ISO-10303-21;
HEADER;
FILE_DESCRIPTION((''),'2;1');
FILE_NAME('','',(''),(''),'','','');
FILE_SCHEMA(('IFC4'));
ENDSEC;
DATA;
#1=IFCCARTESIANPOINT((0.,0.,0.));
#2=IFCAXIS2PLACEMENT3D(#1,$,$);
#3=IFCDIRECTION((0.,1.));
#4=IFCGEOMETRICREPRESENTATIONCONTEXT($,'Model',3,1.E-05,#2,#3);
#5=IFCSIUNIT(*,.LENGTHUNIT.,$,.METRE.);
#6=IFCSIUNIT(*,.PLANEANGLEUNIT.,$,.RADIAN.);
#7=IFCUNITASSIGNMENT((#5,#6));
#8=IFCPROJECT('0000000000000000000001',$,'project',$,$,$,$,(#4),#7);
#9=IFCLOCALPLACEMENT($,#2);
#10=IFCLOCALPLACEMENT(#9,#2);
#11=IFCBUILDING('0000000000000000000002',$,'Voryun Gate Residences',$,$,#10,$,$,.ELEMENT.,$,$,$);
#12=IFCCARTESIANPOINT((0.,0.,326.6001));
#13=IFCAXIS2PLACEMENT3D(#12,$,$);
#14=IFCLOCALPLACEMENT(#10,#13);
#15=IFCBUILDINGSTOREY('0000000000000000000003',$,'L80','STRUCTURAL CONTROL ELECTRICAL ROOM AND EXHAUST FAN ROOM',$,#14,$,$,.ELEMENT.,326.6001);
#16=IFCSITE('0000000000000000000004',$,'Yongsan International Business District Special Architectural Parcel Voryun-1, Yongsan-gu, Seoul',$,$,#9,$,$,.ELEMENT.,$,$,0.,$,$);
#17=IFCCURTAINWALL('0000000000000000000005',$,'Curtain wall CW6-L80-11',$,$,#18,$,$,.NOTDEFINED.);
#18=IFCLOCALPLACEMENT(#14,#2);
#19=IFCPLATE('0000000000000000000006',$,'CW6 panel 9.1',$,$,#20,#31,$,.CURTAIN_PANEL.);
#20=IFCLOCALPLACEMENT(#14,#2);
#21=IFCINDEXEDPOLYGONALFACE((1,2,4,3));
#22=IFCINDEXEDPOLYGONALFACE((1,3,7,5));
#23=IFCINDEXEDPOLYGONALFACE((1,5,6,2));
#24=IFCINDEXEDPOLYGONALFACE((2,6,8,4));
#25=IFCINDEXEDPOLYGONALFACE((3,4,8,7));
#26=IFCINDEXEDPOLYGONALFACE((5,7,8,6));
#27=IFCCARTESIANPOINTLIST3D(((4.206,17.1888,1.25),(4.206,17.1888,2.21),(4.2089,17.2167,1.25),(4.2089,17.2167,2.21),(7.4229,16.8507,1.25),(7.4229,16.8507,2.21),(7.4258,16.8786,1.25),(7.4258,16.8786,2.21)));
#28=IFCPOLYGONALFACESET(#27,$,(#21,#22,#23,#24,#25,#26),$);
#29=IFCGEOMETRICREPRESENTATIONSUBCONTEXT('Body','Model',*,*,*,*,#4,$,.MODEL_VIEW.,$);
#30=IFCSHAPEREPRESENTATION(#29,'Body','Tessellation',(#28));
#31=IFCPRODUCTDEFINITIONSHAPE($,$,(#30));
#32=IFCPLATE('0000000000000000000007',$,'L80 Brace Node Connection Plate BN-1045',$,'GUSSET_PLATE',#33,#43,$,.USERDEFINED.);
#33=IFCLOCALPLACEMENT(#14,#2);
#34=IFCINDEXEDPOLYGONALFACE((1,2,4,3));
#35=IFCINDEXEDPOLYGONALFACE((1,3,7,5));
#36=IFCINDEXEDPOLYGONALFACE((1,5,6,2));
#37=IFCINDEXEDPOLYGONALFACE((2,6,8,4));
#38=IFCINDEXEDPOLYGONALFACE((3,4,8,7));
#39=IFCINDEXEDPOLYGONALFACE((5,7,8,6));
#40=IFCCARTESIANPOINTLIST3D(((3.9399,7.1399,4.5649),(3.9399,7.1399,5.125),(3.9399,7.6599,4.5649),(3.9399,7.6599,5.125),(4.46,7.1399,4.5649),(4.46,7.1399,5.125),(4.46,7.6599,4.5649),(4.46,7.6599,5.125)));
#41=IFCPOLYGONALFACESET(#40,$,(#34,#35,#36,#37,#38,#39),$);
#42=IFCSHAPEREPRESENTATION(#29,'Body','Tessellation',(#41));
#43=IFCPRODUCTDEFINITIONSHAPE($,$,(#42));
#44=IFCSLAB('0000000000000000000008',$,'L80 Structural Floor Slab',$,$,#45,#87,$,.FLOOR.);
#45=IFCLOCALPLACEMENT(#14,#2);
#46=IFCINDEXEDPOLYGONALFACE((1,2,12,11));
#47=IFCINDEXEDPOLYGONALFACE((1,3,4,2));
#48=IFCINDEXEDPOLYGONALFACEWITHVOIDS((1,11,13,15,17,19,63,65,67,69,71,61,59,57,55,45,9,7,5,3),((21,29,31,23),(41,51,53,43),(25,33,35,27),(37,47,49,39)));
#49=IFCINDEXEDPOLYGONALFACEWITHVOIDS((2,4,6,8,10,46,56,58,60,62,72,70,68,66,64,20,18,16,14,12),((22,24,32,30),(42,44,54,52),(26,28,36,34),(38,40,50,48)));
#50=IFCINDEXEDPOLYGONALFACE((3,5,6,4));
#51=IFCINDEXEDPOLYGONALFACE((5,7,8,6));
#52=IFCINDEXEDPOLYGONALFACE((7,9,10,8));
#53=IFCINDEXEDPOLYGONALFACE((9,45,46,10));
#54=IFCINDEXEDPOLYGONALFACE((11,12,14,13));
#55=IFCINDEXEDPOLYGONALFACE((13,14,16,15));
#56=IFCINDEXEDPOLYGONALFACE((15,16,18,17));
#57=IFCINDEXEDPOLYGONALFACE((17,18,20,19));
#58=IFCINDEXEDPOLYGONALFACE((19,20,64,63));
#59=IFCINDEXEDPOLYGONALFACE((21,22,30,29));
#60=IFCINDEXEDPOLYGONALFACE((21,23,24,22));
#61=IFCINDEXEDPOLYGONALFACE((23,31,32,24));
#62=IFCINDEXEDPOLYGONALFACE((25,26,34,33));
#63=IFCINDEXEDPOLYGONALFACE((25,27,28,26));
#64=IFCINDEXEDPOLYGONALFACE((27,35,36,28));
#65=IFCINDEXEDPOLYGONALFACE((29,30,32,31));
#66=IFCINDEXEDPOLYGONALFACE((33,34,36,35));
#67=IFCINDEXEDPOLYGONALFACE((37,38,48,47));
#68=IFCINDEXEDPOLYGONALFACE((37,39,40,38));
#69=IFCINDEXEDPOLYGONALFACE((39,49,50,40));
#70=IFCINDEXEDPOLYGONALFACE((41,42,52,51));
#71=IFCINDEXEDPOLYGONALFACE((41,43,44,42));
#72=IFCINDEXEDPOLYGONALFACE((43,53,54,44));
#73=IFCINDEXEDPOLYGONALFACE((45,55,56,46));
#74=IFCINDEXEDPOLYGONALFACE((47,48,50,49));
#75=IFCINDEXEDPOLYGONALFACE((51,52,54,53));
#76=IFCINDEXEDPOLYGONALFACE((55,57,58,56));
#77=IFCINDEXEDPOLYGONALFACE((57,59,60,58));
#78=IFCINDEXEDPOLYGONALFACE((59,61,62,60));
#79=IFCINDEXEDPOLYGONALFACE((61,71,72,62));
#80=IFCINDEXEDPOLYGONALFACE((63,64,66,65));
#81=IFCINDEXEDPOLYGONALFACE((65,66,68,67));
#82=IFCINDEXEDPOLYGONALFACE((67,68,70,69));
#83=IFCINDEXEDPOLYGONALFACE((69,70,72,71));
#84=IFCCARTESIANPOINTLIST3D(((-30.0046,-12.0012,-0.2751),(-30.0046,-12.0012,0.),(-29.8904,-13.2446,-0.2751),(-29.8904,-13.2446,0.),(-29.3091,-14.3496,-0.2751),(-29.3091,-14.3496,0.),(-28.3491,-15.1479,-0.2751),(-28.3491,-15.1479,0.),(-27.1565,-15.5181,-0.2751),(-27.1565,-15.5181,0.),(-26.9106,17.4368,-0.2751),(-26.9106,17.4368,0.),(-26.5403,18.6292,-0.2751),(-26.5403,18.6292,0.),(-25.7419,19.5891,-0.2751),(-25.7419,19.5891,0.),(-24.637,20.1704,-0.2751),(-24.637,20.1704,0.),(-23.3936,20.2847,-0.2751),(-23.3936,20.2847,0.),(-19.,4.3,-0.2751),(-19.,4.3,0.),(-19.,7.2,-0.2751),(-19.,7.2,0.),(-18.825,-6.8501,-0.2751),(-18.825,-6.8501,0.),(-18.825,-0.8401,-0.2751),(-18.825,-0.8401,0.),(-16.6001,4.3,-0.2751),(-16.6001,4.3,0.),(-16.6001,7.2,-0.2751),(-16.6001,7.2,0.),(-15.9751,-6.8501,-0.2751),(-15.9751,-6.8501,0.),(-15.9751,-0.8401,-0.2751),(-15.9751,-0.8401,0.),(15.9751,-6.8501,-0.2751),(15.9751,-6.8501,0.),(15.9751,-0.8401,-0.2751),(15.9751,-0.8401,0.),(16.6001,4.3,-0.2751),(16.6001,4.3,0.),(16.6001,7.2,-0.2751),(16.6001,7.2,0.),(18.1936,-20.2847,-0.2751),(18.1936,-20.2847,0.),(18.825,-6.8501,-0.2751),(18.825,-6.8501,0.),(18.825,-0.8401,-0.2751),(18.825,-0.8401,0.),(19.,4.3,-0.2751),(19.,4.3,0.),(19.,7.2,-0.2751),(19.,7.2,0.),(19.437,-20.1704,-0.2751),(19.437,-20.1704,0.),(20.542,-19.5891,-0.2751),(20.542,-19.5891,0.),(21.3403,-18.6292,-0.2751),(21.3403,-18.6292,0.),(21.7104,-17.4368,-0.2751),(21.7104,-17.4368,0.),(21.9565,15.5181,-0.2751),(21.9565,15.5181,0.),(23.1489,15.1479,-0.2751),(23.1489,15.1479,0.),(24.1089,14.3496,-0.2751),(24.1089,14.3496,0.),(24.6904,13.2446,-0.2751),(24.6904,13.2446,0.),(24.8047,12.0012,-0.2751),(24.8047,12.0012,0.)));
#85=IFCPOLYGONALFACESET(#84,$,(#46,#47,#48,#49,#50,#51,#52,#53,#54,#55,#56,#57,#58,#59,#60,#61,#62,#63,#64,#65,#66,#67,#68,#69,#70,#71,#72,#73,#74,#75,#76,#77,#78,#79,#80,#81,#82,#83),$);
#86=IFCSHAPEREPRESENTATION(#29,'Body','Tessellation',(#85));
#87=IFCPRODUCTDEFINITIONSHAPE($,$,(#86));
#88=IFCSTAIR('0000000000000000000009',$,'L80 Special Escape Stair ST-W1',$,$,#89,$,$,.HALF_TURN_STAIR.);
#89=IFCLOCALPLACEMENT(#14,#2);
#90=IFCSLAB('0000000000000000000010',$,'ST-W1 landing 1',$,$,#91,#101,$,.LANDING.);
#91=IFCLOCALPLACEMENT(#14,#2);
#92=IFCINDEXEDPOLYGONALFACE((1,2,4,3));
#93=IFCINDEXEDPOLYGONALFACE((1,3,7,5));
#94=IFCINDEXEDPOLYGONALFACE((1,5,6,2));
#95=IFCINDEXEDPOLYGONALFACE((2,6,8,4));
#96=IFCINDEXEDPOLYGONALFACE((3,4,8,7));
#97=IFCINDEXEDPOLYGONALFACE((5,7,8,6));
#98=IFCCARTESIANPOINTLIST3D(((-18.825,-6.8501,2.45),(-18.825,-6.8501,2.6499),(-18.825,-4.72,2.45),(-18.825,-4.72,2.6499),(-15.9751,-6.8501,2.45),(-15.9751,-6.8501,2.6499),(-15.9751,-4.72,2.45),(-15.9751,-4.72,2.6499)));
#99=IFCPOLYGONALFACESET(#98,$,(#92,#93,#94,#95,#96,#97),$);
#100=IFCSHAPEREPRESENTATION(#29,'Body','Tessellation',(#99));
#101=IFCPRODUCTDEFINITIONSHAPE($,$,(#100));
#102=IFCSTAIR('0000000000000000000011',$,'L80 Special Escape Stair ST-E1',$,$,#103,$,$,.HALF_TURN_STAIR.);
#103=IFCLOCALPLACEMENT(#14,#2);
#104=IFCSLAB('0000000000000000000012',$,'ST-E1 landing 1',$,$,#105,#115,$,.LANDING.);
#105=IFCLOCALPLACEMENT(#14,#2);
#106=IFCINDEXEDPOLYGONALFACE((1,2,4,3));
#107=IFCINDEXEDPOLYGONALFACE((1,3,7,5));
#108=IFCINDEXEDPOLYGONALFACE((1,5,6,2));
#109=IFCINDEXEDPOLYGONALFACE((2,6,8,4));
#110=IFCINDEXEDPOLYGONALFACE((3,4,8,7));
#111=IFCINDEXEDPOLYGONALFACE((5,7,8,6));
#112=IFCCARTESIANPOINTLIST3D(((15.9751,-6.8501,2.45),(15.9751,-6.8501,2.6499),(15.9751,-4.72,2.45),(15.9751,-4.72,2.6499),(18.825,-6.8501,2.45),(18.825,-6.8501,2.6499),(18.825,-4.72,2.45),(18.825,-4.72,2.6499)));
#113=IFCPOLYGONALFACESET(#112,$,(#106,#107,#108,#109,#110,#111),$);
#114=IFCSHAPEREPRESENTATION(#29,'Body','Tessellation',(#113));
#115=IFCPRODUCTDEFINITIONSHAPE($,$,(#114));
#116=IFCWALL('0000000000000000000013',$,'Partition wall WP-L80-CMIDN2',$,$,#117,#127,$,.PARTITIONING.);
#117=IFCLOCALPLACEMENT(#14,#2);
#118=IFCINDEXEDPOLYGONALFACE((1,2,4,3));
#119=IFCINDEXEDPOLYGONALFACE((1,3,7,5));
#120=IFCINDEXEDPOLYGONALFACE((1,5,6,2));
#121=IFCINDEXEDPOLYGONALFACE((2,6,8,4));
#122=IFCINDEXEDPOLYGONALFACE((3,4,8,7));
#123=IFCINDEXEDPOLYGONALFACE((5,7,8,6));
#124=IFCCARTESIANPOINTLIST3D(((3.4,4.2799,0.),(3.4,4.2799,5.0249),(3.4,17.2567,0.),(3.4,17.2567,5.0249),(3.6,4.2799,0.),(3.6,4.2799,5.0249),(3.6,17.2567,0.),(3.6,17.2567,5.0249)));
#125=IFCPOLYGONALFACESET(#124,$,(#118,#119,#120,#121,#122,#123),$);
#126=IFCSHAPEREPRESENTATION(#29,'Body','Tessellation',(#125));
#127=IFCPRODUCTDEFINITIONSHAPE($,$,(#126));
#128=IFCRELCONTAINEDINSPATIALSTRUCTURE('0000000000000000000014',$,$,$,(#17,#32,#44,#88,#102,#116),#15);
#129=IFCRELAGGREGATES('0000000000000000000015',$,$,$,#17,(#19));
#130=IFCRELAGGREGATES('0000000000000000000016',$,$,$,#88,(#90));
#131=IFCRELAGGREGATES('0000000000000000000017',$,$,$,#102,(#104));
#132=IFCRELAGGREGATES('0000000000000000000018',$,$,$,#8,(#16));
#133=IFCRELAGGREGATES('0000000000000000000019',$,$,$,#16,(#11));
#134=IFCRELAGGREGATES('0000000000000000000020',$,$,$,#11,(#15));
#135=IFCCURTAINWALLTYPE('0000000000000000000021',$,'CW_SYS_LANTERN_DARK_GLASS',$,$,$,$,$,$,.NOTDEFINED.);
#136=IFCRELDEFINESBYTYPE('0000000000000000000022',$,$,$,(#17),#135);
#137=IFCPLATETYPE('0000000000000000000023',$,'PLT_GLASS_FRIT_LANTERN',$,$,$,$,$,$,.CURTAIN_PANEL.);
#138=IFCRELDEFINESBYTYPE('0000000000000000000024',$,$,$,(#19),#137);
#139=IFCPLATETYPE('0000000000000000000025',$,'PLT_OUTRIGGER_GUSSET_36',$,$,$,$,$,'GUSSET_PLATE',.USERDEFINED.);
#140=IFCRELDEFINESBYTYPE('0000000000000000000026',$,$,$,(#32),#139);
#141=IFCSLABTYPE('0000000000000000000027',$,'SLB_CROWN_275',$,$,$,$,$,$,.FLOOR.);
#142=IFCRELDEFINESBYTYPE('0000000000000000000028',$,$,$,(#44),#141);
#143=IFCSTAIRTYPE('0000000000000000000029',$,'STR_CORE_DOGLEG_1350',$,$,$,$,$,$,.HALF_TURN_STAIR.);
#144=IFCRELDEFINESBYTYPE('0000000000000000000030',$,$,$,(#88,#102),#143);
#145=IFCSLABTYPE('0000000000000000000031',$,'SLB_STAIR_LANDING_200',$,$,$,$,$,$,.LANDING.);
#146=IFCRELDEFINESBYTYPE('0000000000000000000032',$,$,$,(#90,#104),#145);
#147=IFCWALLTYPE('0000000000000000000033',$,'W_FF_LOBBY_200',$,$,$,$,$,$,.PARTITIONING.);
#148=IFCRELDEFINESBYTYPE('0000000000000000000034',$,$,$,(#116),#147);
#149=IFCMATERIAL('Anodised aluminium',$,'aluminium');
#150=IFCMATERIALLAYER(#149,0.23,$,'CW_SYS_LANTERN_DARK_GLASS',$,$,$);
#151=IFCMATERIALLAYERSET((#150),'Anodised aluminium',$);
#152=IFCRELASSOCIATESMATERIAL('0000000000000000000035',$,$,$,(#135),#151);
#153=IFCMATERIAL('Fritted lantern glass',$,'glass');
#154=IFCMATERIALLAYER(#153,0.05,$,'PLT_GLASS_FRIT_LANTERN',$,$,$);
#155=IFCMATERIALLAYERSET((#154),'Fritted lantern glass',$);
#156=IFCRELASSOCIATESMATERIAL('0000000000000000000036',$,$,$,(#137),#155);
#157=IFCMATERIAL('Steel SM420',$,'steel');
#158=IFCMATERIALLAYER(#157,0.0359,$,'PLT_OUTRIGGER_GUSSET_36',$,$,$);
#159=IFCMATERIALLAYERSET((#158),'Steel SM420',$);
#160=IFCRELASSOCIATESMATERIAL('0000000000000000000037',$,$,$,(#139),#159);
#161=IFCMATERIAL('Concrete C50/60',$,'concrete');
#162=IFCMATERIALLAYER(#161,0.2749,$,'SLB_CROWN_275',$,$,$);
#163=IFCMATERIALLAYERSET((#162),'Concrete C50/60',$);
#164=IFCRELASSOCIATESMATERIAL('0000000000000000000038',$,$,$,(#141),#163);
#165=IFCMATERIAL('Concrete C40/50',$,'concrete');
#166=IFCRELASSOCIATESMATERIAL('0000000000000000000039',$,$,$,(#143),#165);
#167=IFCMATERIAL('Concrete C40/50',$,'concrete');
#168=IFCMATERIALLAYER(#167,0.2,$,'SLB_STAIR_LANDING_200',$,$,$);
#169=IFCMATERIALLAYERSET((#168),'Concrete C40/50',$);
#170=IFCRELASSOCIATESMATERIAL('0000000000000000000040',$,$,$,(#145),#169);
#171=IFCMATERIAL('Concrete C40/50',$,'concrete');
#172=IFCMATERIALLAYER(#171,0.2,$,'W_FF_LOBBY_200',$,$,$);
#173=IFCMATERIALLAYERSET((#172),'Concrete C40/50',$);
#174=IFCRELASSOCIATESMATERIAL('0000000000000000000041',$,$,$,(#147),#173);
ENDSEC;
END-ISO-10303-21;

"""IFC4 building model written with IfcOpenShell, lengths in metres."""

from ifc_helpers import new_model, si_unit, direction, frame, frame_2d, origin, origin_2d, place, context, subcontext, project, spatial, polyline, rectangle, outline, extrude, material, layer, layer_set, type_object, element, aggregate, save


model = new_model("IFC4")

# Units and contexts
model_context = context("Model", 3, precision=1e-05, world=origin(), true_north=direction((0.0, 1.0)))
body_context = subcontext(model_context, "Body", "Model", "MODEL_VIEW")
ifc_project = project(units=[si_unit("LENGTHUNIT", "METRE"), si_unit("PLANEANGLEUNIT", "RADIAN")], contexts=[model_context])

# Site, building, storey
site_placement = place(None, origin())
site = spatial("IfcSite", under=ifc_project, at=site_placement, Name="Yongsan International Business District Special Architectural Parcel Voryun-1, Yongsan-gu, Seoul", CompositionType="ELEMENT", RefElevation=0.0)
building_placement = place(site_placement, origin())
building = spatial("IfcBuilding", under=site, at=building_placement, Name="Voryun Gate Residences", CompositionType="ELEMENT")
storey_placement = place(building_placement, frame((0.0, 0.0, 326.6001)))
storey = spatial("IfcBuildingStorey", under=building, at=storey_placement, Name="L80", Description="STRUCTURAL CONTROL ELECTRICAL ROOM AND EXHAUST FAN ROOM", CompositionType="ELEMENT", Elevation=326.6001)

# Curtain wall
ifc_material_1 = material(Name="Anodised aluminium", Category="aluminium")
ifc_layer_1 = layer(ifc_material_1, 0.23, Name="CW_SYS_LANTERN_DARK_GLASS")
ifc_layer_set_1 = layer_set([ifc_layer_1], Name="Anodised aluminium")
curtain_wall_type = type_object("IfcCurtainWallType", Name="CW_SYS_LANTERN_DARK_GLASS", PredefinedType="NOTDEFINED", material=ifc_layer_set_1)
curtain_wall_placement = place(storey_placement, origin())
curtain_wall = element("IfcCurtainWall", 1, at=curtain_wall_placement, inside=storey, type_object=curtain_wall_type, Name="Curtain wall CW6-L80-11", PredefinedType="NOTDEFINED")

# Plates
ifc_material_2 = material(Name="Fritted lantern glass", Category="glass")
ifc_layer_2 = layer(ifc_material_2, 0.05, Name="PLT_GLASS_FRIT_LANTERN")
ifc_layer_set_2 = layer_set([ifc_layer_2], Name="Fritted lantern glass")
plate_type_1 = type_object("IfcPlateType", Name="PLT_GLASS_FRIT_LANTERN", PredefinedType="CURTAIN_PANEL", material=ifc_layer_set_2)
plate_1_placement = place(storey_placement, frame((5.8159, 17.0337, 1.25), z_axis=(0.0, 0.0, 1.0), x_axis=(0.994522, -0.104528, 0.0)))
plate_1 = element("IfcPlate", 2, at=plate_1_placement, type_object=plate_type_1, Name="CW6 panel 9.1", PredefinedType="CURTAIN_PANEL", context=body_context, shape_type="SweptSolid", body=[
    extrude(rectangle(XDim=3.2346, YDim=0.0281, at=origin_2d()), origin(), (0.0, 0.0, 1.0), 0.96),
])
aggregate(curtain_wall, [plate_1])
ifc_material_3 = material(Name="Steel SM420", Category="steel")
ifc_layer_3 = layer(ifc_material_3, 0.0359, Name="PLT_OUTRIGGER_GUSSET_36")
ifc_layer_set_3 = layer_set([ifc_layer_3], Name="Steel SM420")
plate_type_2 = type_object("IfcPlateType", Name="PLT_OUTRIGGER_GUSSET_36", ElementType="GUSSET_PLATE", PredefinedType="USERDEFINED", material=ifc_layer_set_3)
plate_2_placement = place(storey_placement, frame((4.2, 7.3999, 4.5649), z_axis=(0.0, 0.0, 1.0), x_axis=(1.0, 0.0, 0.0)))
element("IfcPlate", 3, at=plate_2_placement, inside=storey, type_object=plate_type_2, Name="L80 Brace Node Connection Plate BN-1045", ObjectType="GUSSET_PLATE", PredefinedType="USERDEFINED", context=body_context, shape_type="SweptSolid", body=[
    extrude(rectangle(XDim=0.52, YDim=0.52, at=origin_2d()), origin(), (0.0, 0.0, 1.0), 0.5601),
])

# Slab
ifc_material_4 = material(Name="Concrete C50/60", Category="concrete")
ifc_layer_4 = layer(ifc_material_4, 0.2749, Name="SLB_CROWN_275")
ifc_layer_set_4 = layer_set([ifc_layer_4], Name="Concrete C50/60")
slab_type_1 = type_object("IfcSlabType", Name="SLB_CROWN_275", PredefinedType="FLOOR", material=ifc_layer_set_4)
slab_1_placement = place(storey_placement, frame((0.0, 0.0, -0.2751)))
element("IfcSlab", 4, at=slab_1_placement, inside=storey, type_object=slab_type_1, Name="L80 Structural Floor Slab", PredefinedType="FLOOR", context=body_context, shape_type="SweptSolid", body=[
    extrude(outline(polyline([(-27.1565, -15.5181), (-28.3491, -15.1479), (-29.3091, -14.3496), (-29.8904, -13.2446), (-30.0046, -12.0012), (-26.9106, 17.4368), (-26.5403, 18.6292), (-25.7419, 19.5891), (-24.637, 20.1704), (-23.3936, 20.2847), (21.9565, 15.5181), (23.1489, 15.1479), (24.1089, 14.3496), (24.6904, 13.2446), (24.8047, 12.0012), (21.7104, -17.4368), (21.3403, -18.6292), (20.542, -19.5891), (19.437, -20.1704), (18.1936, -20.2847), (-27.1565, -15.5181)]), holes=[polyline([(-15.9751, -0.8401), (-18.825, -0.8401), (-18.825, -6.8501), (-15.9751, -6.8501), (-15.9751, -0.8401)]), polyline([(18.825, -0.8401), (15.9751, -0.8401), (15.9751, -6.8501), (18.825, -6.8501), (18.825, -0.8401)]), polyline([(-19.0, 7.2), (-19.0, 4.3), (-16.6001, 4.3), (-16.6001, 7.2), (-19.0, 7.2)]), polyline([(16.6001, 7.2), (16.6001, 4.3), (19.0, 4.3), (19.0, 7.2), (16.6001, 7.2)])]), origin(), (0.0, 0.0, 1.0), 0.2751),
])

# Stairs, slabs
ifc_material_5 = material(Name="Concrete C40/50", Category="concrete")
stair_type = type_object("IfcStairType", Name="STR_CORE_DOGLEG_1350", PredefinedType="HALF_TURN_STAIR", material=ifc_material_5)
stair_1_placement = place(storey_placement, origin())
stair_1 = element("IfcStair", 5, at=stair_1_placement, inside=storey, type_object=stair_type, Name="L80 Special Escape Stair ST-W1", PredefinedType="HALF_TURN_STAIR")
ifc_material_6 = material(Name="Concrete C40/50", Category="concrete")
ifc_layer_5 = layer(ifc_material_6, 0.2, Name="SLB_STAIR_LANDING_200")
ifc_layer_set_5 = layer_set([ifc_layer_5], Name="Concrete C40/50")
slab_type_2 = type_object("IfcSlabType", Name="SLB_STAIR_LANDING_200", PredefinedType="LANDING", material=ifc_layer_set_5)
slab_2_placement = place(storey_placement, frame((0.0, 0.0, 2.45)))
slab_2 = element("IfcSlab", 6, at=slab_2_placement, type_object=slab_type_2, Name="ST-W1 landing 1", PredefinedType="LANDING", context=body_context, shape_type="SweptSolid", body=[
    extrude(outline(polyline([(-18.825, -4.72), (-18.825, -6.8501), (-15.9751, -6.8501), (-15.9751, -4.72), (-18.825, -4.72)])), origin(), (0.0, 0.0, 1.0), 0.2),
])
aggregate(stair_1, [slab_2])
stair_2_placement = place(storey_placement, origin())
stair_2 = element("IfcStair", 7, at=stair_2_placement, inside=storey, type_object=stair_type, Name="L80 Special Escape Stair ST-E1", PredefinedType="HALF_TURN_STAIR")
slab_3_placement = place(storey_placement, frame((0.0, 0.0, 2.45)))
slab_3 = element("IfcSlab", 8, at=slab_3_placement, type_object=slab_type_2, Name="ST-E1 landing 1", PredefinedType="LANDING", context=body_context, shape_type="SweptSolid", body=[
    extrude(outline(polyline([(15.9751, -4.72), (15.9751, -6.8501), (18.825, -6.8501), (18.825, -4.72), (15.9751, -4.72)])), origin(), (0.0, 0.0, 1.0), 0.2),
])
aggregate(stair_2, [slab_3])

# Wall
ifc_material_7 = material(Name="Concrete C40/50", Category="concrete")
ifc_layer_6 = layer(ifc_material_7, 0.2, Name="W_FF_LOBBY_200")
ifc_layer_set_6 = layer_set([ifc_layer_6], Name="Concrete C40/50")
wall_type = type_object("IfcWallType", Name="W_FF_LOBBY_200", PredefinedType="PARTITIONING", material=ifc_layer_set_6)
wall_placement = place(storey_placement, frame((3.5, 4.28, 0.0), z_axis=(0.0, 0.0, 1.0), x_axis=(0.0, 1.0, 0.0)))
element("IfcWall", 9, at=wall_placement, inside=storey, type_object=wall_type, Name="Partition wall WP-L80-CMIDN2", PredefinedType="PARTITIONING", context=body_context, shape_type="SweptSolid", body=[
    extrude(rectangle(XDim=12.9768, YDim=0.2, at=frame_2d((6.4883, 0.0))), origin(), (0.0, 0.0, 1.0), 5.0249),
])

save(model, "model.ifc")
